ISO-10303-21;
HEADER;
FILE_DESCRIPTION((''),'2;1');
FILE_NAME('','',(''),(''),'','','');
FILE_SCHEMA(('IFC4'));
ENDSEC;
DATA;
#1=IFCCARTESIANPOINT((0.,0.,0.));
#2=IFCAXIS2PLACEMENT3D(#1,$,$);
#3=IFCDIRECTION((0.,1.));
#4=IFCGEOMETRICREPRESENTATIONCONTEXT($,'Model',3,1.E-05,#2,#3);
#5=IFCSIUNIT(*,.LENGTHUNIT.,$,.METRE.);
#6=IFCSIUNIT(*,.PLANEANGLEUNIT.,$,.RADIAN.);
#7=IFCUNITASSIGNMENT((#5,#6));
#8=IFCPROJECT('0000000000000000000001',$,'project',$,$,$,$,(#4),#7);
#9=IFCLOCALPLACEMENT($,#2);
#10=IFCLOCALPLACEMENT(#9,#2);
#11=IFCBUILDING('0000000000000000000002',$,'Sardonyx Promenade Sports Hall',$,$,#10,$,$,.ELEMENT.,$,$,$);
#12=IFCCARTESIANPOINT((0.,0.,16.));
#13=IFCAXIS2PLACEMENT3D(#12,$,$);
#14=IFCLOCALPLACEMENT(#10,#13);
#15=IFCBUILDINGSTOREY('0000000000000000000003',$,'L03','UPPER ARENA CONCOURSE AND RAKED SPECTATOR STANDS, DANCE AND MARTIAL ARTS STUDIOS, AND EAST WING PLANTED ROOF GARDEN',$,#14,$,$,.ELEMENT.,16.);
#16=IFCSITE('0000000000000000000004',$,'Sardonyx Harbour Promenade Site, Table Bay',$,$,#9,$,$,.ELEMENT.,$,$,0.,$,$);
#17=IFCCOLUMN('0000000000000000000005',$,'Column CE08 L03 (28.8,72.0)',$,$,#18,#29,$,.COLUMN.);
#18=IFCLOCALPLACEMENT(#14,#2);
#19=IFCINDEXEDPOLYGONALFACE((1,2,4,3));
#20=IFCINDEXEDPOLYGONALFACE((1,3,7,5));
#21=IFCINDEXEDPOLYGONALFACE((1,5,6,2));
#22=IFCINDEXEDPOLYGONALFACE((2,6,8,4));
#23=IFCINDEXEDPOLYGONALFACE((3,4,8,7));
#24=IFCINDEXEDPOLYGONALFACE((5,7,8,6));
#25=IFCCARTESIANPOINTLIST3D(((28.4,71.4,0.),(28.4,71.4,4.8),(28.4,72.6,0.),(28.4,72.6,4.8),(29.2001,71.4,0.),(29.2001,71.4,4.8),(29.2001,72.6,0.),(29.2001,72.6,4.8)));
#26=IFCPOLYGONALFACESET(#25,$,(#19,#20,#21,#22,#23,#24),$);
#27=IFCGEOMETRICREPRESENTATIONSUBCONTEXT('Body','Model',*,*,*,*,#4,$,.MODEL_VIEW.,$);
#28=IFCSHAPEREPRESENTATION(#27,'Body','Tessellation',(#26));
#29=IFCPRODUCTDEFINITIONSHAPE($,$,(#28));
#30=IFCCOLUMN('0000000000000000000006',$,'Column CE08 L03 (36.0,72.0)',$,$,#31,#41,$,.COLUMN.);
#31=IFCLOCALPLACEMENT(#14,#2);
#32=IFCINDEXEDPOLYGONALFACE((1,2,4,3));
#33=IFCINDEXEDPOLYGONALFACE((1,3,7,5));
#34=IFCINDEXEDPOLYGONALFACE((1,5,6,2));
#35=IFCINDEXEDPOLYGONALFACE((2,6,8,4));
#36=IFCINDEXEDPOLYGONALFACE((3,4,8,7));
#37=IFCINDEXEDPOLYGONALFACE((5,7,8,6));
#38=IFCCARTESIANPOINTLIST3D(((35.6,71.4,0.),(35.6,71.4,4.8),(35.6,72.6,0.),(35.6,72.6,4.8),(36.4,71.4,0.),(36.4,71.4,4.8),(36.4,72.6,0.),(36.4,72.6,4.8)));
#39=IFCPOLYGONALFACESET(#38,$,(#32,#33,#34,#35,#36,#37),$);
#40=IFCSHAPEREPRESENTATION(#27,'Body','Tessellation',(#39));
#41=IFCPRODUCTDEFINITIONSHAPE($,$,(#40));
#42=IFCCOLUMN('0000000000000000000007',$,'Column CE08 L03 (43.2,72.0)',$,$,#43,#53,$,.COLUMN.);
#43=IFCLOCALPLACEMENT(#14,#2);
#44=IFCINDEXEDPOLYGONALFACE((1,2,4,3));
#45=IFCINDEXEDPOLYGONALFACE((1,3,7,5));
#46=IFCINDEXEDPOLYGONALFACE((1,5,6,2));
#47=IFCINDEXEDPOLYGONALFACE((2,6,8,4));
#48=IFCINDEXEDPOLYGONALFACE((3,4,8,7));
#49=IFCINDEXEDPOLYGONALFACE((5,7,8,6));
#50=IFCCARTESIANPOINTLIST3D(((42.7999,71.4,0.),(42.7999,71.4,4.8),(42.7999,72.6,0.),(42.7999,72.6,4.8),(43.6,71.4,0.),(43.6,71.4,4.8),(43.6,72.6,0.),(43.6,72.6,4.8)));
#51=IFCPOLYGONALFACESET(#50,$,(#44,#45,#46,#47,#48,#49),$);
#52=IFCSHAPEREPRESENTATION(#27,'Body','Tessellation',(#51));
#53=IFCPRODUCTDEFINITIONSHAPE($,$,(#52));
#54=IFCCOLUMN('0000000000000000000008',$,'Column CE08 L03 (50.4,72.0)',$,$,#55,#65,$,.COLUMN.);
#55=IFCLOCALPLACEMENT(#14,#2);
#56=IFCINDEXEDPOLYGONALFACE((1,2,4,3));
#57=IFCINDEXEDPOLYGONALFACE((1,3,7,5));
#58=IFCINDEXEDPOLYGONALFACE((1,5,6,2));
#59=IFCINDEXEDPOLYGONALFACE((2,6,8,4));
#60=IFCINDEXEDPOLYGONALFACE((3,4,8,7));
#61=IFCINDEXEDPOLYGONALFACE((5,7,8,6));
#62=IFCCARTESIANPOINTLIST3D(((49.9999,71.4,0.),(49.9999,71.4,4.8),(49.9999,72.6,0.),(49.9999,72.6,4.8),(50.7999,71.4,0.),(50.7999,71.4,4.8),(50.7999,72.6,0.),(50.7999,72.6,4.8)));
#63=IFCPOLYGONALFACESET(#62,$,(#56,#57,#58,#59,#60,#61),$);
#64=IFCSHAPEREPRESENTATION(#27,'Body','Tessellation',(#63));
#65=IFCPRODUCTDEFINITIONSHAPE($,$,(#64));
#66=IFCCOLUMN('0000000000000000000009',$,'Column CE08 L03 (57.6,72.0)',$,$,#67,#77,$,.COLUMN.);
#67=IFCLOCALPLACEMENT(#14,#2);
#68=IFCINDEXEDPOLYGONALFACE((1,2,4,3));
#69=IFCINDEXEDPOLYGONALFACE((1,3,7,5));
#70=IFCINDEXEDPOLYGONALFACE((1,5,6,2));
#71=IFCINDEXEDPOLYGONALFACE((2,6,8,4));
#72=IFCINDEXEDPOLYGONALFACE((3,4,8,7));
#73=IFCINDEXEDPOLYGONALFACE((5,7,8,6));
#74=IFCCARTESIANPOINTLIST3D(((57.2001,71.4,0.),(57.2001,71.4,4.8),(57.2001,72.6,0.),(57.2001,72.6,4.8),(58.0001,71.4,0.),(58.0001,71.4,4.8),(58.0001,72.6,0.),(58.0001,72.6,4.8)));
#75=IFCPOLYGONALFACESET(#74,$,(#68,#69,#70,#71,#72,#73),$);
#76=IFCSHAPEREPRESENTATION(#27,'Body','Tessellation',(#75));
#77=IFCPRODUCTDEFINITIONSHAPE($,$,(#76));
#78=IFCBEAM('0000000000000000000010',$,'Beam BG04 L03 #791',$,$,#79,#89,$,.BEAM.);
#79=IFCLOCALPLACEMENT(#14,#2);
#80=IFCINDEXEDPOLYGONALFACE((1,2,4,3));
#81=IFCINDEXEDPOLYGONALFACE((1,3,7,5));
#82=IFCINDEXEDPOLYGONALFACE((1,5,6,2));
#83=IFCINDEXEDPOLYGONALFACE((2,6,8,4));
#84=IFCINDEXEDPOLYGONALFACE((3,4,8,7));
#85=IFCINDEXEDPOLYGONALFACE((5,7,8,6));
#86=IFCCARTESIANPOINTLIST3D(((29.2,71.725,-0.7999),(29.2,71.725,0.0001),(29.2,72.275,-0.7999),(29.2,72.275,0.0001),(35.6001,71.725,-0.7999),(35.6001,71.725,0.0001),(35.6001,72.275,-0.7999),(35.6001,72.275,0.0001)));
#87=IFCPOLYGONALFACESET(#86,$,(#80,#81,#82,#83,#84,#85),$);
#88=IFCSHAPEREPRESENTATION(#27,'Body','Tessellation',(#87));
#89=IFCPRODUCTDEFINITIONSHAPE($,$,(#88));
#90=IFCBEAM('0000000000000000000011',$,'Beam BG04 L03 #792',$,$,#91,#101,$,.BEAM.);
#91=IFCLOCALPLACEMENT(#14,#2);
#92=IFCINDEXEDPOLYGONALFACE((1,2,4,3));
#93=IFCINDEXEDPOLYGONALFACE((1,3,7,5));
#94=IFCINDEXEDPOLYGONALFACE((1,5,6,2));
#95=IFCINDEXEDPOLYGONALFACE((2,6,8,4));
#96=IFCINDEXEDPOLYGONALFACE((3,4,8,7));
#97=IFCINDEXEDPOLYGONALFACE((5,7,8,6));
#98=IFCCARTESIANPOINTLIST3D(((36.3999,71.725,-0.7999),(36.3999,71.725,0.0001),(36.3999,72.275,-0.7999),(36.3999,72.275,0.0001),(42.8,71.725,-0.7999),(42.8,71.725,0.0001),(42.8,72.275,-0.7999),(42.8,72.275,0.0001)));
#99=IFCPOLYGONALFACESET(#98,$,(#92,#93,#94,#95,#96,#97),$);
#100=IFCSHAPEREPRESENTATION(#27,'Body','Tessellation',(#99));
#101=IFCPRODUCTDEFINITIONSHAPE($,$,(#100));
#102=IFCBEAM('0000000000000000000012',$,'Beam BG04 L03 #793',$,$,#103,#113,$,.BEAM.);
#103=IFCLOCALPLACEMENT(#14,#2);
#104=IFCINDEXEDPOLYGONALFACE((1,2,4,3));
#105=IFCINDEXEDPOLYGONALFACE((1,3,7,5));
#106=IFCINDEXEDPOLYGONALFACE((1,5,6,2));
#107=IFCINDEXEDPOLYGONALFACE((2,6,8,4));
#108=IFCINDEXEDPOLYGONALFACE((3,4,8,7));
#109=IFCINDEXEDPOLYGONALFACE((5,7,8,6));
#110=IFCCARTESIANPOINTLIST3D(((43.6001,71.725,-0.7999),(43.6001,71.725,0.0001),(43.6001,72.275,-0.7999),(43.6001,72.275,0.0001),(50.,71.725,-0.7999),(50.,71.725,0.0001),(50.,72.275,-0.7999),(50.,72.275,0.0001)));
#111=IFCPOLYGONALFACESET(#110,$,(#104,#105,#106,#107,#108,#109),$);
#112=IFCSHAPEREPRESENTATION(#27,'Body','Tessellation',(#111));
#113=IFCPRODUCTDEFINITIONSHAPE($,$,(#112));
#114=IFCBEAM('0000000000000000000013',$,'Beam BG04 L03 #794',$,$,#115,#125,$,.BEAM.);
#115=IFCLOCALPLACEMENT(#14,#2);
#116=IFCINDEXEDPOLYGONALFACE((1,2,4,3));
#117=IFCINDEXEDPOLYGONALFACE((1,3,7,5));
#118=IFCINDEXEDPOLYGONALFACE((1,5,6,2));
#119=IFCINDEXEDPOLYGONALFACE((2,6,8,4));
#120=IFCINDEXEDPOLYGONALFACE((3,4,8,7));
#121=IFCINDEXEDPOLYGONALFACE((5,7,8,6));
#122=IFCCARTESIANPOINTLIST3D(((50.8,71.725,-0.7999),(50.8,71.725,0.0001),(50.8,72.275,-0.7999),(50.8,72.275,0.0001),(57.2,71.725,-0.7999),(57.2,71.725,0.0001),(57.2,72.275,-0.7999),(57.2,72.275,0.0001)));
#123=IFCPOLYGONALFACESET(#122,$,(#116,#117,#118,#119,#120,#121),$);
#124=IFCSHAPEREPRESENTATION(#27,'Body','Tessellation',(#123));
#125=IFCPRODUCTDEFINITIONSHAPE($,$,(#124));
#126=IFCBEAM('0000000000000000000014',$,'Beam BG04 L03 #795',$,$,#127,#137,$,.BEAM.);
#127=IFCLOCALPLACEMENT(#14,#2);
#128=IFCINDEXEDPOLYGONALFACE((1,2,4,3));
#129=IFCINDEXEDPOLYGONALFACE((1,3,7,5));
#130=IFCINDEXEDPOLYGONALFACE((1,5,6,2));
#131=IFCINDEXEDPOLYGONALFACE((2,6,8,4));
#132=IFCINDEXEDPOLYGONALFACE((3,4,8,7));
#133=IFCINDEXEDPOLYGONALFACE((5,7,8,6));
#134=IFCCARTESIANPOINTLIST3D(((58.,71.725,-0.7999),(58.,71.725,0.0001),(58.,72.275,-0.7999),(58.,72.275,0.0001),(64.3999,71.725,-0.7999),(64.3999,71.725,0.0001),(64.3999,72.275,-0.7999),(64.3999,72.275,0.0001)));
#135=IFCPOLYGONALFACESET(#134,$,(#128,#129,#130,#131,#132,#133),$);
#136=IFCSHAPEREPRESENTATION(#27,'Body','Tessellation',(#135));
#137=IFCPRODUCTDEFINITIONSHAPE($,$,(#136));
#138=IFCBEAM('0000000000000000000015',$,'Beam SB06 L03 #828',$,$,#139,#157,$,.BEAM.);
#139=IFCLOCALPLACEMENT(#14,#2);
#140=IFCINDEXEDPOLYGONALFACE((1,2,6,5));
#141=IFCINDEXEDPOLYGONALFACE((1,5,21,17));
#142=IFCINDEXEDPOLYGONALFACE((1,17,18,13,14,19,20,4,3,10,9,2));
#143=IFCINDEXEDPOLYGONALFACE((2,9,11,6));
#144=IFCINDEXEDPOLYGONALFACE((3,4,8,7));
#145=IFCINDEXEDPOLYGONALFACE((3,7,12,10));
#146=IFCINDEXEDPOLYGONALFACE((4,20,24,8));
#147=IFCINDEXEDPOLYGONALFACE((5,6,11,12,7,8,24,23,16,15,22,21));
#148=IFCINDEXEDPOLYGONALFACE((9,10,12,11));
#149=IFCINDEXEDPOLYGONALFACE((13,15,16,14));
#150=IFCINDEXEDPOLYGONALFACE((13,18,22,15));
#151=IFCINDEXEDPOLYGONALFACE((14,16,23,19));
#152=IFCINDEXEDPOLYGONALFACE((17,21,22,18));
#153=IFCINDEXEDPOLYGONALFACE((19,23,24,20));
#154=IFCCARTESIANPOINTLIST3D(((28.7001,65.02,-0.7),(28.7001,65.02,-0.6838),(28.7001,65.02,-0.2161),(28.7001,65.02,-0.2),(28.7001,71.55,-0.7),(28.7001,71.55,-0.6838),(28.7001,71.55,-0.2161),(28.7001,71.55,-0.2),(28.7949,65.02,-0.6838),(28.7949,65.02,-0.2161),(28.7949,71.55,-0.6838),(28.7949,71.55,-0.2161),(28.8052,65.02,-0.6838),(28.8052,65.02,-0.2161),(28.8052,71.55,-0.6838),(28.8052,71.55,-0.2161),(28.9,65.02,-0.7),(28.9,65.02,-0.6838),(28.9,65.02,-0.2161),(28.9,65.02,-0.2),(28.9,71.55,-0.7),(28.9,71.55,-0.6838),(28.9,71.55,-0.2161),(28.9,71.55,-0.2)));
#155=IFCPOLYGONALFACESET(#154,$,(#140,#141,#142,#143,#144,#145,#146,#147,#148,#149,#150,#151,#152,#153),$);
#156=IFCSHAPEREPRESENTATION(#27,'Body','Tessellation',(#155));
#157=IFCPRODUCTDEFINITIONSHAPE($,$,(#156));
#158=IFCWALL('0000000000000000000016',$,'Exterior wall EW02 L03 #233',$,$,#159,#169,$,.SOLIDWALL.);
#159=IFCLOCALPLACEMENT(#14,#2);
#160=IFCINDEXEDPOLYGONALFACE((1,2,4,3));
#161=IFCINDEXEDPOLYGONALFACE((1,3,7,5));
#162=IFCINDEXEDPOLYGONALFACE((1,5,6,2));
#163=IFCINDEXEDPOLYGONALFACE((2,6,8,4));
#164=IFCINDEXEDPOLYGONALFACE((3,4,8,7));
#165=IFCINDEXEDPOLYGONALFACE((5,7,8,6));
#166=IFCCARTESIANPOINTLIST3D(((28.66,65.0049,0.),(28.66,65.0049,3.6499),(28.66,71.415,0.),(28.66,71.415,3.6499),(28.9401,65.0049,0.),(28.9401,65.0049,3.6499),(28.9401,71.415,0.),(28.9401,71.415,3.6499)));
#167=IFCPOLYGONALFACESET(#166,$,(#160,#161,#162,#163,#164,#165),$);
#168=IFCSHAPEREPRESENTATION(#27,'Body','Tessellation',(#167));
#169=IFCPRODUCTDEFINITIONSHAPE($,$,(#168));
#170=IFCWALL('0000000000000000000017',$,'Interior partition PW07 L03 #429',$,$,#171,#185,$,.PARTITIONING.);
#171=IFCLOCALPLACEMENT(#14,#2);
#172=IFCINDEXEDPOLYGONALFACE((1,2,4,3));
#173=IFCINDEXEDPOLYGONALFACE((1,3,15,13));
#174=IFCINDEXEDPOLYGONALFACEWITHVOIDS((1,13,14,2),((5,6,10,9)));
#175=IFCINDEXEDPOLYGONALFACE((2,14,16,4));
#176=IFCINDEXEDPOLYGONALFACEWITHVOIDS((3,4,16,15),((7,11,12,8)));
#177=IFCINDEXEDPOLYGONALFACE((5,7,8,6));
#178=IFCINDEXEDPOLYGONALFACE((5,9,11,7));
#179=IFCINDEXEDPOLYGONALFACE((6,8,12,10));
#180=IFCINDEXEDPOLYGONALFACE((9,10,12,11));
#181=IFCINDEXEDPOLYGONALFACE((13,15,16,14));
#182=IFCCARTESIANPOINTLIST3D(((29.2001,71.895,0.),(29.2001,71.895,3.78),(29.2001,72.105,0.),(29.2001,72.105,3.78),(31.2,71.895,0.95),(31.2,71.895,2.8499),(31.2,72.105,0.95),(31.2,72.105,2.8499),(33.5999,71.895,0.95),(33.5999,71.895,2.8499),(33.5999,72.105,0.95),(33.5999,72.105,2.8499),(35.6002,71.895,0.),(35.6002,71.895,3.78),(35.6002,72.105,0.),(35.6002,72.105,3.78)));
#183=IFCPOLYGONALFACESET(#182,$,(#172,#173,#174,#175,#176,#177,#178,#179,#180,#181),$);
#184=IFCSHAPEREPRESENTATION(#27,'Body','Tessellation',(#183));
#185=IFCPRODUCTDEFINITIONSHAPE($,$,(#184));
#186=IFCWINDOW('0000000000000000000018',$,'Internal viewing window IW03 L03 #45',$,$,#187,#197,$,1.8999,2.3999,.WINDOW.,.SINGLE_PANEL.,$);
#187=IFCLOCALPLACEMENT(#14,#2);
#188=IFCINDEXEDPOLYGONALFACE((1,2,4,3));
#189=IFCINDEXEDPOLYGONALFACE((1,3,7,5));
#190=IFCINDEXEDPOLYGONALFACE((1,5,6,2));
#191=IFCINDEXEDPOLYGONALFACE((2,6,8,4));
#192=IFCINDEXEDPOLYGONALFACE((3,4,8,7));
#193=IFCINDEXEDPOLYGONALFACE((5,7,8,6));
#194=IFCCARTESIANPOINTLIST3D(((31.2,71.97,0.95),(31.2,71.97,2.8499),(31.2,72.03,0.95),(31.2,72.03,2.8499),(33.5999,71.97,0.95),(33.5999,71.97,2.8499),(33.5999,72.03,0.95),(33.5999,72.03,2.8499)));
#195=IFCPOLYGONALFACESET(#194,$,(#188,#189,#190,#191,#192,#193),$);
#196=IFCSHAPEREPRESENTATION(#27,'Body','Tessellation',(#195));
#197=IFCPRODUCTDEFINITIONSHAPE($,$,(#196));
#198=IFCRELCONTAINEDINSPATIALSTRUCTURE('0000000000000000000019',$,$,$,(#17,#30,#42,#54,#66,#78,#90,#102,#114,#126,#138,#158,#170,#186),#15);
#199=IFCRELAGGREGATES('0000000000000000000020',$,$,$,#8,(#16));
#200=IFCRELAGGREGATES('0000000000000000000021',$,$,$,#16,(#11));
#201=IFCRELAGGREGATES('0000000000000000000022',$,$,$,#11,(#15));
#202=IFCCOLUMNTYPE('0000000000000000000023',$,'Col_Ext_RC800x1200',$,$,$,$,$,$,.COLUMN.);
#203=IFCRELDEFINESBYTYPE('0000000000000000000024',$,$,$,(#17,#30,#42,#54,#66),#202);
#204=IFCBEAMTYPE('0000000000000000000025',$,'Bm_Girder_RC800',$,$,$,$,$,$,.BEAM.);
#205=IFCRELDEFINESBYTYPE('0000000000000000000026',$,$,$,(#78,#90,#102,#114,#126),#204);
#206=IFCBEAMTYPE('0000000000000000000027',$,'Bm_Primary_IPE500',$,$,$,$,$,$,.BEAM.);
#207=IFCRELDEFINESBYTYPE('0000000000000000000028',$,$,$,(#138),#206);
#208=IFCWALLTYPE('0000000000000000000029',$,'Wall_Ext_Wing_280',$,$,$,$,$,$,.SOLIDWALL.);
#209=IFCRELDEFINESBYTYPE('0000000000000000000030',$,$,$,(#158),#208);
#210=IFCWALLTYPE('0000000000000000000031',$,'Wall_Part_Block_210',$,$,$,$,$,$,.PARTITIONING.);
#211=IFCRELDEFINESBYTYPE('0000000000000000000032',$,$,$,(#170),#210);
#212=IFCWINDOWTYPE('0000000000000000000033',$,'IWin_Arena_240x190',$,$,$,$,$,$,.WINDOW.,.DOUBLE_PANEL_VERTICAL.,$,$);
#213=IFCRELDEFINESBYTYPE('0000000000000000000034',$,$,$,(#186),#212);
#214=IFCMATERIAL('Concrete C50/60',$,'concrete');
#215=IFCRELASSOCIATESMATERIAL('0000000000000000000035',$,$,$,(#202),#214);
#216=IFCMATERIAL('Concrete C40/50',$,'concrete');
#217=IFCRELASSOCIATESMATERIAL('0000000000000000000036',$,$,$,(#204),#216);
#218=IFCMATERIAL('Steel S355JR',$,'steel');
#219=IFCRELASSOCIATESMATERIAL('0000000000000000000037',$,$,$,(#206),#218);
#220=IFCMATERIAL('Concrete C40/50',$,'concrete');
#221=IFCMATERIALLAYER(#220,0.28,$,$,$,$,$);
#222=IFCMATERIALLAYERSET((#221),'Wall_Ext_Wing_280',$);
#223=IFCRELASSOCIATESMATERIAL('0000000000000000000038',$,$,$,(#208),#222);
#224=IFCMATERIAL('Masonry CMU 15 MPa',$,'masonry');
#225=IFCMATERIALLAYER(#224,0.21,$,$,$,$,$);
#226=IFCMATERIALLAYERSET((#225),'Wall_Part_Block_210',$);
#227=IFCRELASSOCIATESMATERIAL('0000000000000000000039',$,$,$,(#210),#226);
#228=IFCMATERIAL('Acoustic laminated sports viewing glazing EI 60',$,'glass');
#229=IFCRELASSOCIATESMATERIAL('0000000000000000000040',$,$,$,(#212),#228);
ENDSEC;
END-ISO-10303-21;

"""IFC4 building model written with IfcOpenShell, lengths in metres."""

from ifc_helpers import new_model, si_unit, direction, frame, frame_2d, origin, origin_2d, place, context, subcontext, project, spatial, rectangle, i_section, extrude, material, layer, layer_set, material_profile, profile_set, type_object, element, fill, save


model = new_model("IFC4")

# Units and contexts
model_context = context("Model", 3, precision=1e-05, world=origin(), true_north=direction((0.0, 1.0)))
body_context = subcontext(model_context, "Body", "Model", "MODEL_VIEW")
ifc_project = project(units=[si_unit("LENGTHUNIT", "METRE"), si_unit("PLANEANGLEUNIT", "RADIAN")], contexts=[model_context])

# Site, building, storey
site_placement = place(None, origin())
site = spatial("IfcSite", under=ifc_project, at=site_placement, Name="Sardonyx Harbour Promenade Site, Table Bay", CompositionType="ELEMENT", RefElevation=0.0)
building_placement = place(site_placement, origin())
building = spatial("IfcBuilding", under=site, at=building_placement, Name="Sardonyx Promenade Sports Hall", CompositionType="ELEMENT")
storey_placement = place(building_placement, frame((0.0, 0.0, 16.0)))
storey = spatial("IfcBuildingStorey", under=building, at=storey_placement, Name="L03", Description="UPPER ARENA CONCOURSE AND RAKED SPECTATOR STANDS, DANCE AND MARTIAL ARTS STUDIOS, AND EAST WING PLANTED ROOF GARDEN", CompositionType="ELEMENT", Elevation=16.0)

# Columns
ifc_material_1 = material(Name="Concrete C50/60", Category="concrete")
ifc_material_profile_1 = material_profile(ifc_material_1, rectangle(XDim=0.8, YDim=1.2, at=origin_2d()))
ifc_profile_set_1 = profile_set([ifc_material_profile_1], Name="Concrete C50/60")
column_type = type_object("IfcColumnType", Name="Col_Ext_RC800x1200", PredefinedType="COLUMN", material=ifc_profile_set_1)
for number, where, z_axis, x_axis, name in (
    (1, (28.8, 72.0, 0.0), (0.0, 0.0, 1.0), (1.0, 0.0, 0.0), "Column CE08 L03 (28.8,72.0)"),
    (2, (36.0, 72.0, 0.0), (0.0, 0.0, 1.0), (1.0, 0.0, 0.0), "Column CE08 L03 (36.0,72.0)"),
    (3, (43.2, 72.0, 0.0), (0.0, 0.0, 1.0), (1.0, 0.0, 0.0), "Column CE08 L03 (43.2,72.0)"),
    (4, (50.3999, 72.0, 0.0), (0.0, 0.0, 1.0), (1.0, 0.0, 0.0), "Column CE08 L03 (50.4,72.0)"),
    (5, (57.6001, 72.0, 0.0), (0.0, 0.0, 1.0), (1.0, 0.0, 0.0), "Column CE08 L03 (57.6,72.0)"),
):
    element("IfcColumn", number, at=place(storey_placement, frame(where, z_axis=z_axis, x_axis=x_axis)), inside=storey, type_object=column_type, Name=name, PredefinedType="COLUMN", context=body_context, shape_type="SweptSolid", body=[
        extrude(rectangle(XDim=0.8, YDim=1.2, at=origin_2d()), origin(), (0.0, 0.0, 1.0), 4.8),
    ])

# Beams
ifc_material_2 = material(Name="Concrete C40/50", Category="concrete")
ifc_material_profile_2 = material_profile(ifc_material_2, rectangle(XDim=0.55, YDim=0.8, at=origin_2d()))
ifc_profile_set_2 = profile_set([ifc_material_profile_2], Name="Concrete C40/50")
beam_type_1 = type_object("IfcBeamType", Name="Bm_Girder_RC800", PredefinedType="BEAM", material=ifc_profile_set_2)
for number, where, z_axis, x_axis, name in (
    (6, (29.2, 72.0, -0.3999), (1.0, 0.0, 0.0), (0.0, 1.0, 0.0), "Beam BG04 L03 #791"),
    (7, (36.3999, 72.0, -0.3999), (1.0, 0.0, 0.0), (0.0, 1.0, 0.0), "Beam BG04 L03 #792"),
):
    element("IfcBeam", number, at=place(storey_placement, frame(where, z_axis=z_axis, x_axis=x_axis)), inside=storey, type_object=beam_type_1, Name=name, PredefinedType="BEAM", context=body_context, shape_type="SweptSolid", body=[
        extrude(rectangle(XDim=0.55, YDim=0.8, at=origin_2d()), origin(), (0.0, 0.0, 1.0), 6.4001),
    ])
for number, where, z_axis, x_axis, name in (
    (8, (43.6001, 72.0, -0.3999), (1.0, 0.0, 0.0), (0.0, 1.0, 0.0), "Beam BG04 L03 #793"),
    (9, (50.8, 72.0, -0.3999), (1.0, 0.0, 0.0), (0.0, 1.0, 0.0), "Beam BG04 L03 #794"),
    (10, (58.0, 72.0, -0.3999), (1.0, 0.0, 0.0), (0.0, 1.0, 0.0), "Beam BG04 L03 #795"),
):
    element("IfcBeam", number, at=place(storey_placement, frame(where, z_axis=z_axis, x_axis=x_axis)), inside=storey, type_object=beam_type_1, Name=name, PredefinedType="BEAM", context=body_context, shape_type="SweptSolid", body=[
        extrude(rectangle(XDim=0.55, YDim=0.8, at=origin_2d()), origin(), (0.0, 0.0, 1.0), 6.3999),
    ])
ifc_material_3 = material(Name="Steel S355JR", Category="steel")
ifc_material_profile_3 = material_profile(ifc_material_3, i_section(OverallWidth=0.2, OverallDepth=0.5, WebThickness=0.0103, FlangeThickness=0.0161, at=origin_2d()))
ifc_profile_set_3 = profile_set([ifc_material_profile_3], Name="Steel S355JR")
beam_type_2 = type_object("IfcBeamType", Name="Bm_Primary_IPE500", PredefinedType="BEAM", material=ifc_profile_set_3)
beam_placement = place(storey_placement, frame((28.8, 65.02, -0.45), z_axis=(0.0, 1.0, 0.0), x_axis=(-1.0, 0.0, 0.0)))
element("IfcBeam", 11, at=beam_placement, inside=storey, type_object=beam_type_2, Name="Beam SB06 L03 #828", PredefinedType="BEAM", context=body_context, shape_type="SweptSolid", body=[
    extrude(i_section(OverallWidth=0.2, OverallDepth=0.5, WebThickness=0.0103, FlangeThickness=0.0161, at=origin_2d()), origin(), (0.0, 0.0, 1.0), 6.53),
])

# Wall
ifc_material_4 = material(Name="Concrete C40/50", Category="concrete")
ifc_layer_1 = layer(ifc_material_4, 0.28)
ifc_layer_set_1 = layer_set([ifc_layer_1], Name="Wall_Ext_Wing_280")
wall_type_1 = type_object("IfcWallType", Name="Wall_Ext_Wing_280", PredefinedType="SOLIDWALL", material=ifc_layer_set_1)
wall_1_placement = place(storey_placement, frame((28.8, 71.415, 0.0), z_axis=(0.0, 0.0, 1.0), x_axis=(0.0, -1.0, 0.0)))
element("IfcWall", 12, at=wall_1_placement, inside=storey, type_object=wall_type_1, Name="Exterior wall EW02 L03 #233", PredefinedType="SOLIDWALL", context=body_context, shape_type="SweptSolid", body=[
    extrude(rectangle(XDim=6.4102, YDim=0.28, at=frame_2d((3.2051, 0.0))), origin(), (0.0, 0.0, 1.0), 3.6499),
])

# Wall, opening, window
ifc_material_5 = material(Name="Masonry CMU 15 MPa", Category="masonry")
ifc_layer_2 = layer(ifc_material_5, 0.21)
ifc_layer_set_2 = layer_set([ifc_layer_2], Name="Wall_Part_Block_210")
wall_type_2 = type_object("IfcWallType", Name="Wall_Part_Block_210", PredefinedType="PARTITIONING", material=ifc_layer_set_2)
wall_2_placement = place(storey_placement, frame((29.2, 72.0, 0.0), z_axis=(0.0, 0.0, 1.0), x_axis=(1.0, 0.0, 0.0)))
wall_2 = element("IfcWall", 13, at=wall_2_placement, inside=storey, type_object=wall_type_2, Name="Interior partition PW07 L03 #429", PredefinedType="PARTITIONING", context=body_context, shape_type="SweptSolid", body=[
    extrude(rectangle(XDim=6.4001, YDim=0.21, at=frame_2d((3.2002, 0.0))), origin(), (0.0, 0.0, 1.0), 3.78),
])
opening_1_placement = place(wall_2_placement, frame((2.0, 0.0, 0.95)))
opening_1 = element("IfcOpeningElement", 14, at=opening_1_placement, cuts=wall_2, PredefinedType="OPENING", context=body_context, shape_type="SweptSolid", body=[
    extrude(rectangle(XDim=2.3999, YDim=1.8999, at=frame_2d((1.2, 0.95))), frame((0.0, 0.115, 0.0), z_axis=(0.0, -1.0, 0.0), x_axis=(1.0, 0.0, 0.0)), (0.0, 0.0, 1.0), 0.23),
])
ifc_material_6 = material(Name="Acoustic laminated sports viewing glazing EI 60", Category="glass")
window_type = type_object("IfcWindowType", Name="IWin_Arena_240x190", PartitioningType="DOUBLE_PANEL_VERTICAL", PredefinedType="WINDOW", material=ifc_material_6)
window_1_placement = place(opening_1_placement, origin())
window_1 = element("IfcWindow", 15, at=window_1_placement, inside=storey, type_object=window_type, Name="Internal viewing window IW03 L03 #45", OverallHeight=1.8999, OverallWidth=2.3999, PartitioningType="SINGLE_PANEL", PredefinedType="WINDOW", context=body_context, shape_type="SweptSolid", body=[
    extrude(rectangle(XDim=2.3999, YDim=1.8999, at=frame_2d((1.2, 0.95))), frame((0.0, 0.03, 0.0), z_axis=(0.0, -1.0, 0.0), x_axis=(1.0, 0.0, 0.0)), (0.0, 0.0, 1.0), 0.0601),
])
fill(opening_1, window_1)

save(model, "model.ifc")
